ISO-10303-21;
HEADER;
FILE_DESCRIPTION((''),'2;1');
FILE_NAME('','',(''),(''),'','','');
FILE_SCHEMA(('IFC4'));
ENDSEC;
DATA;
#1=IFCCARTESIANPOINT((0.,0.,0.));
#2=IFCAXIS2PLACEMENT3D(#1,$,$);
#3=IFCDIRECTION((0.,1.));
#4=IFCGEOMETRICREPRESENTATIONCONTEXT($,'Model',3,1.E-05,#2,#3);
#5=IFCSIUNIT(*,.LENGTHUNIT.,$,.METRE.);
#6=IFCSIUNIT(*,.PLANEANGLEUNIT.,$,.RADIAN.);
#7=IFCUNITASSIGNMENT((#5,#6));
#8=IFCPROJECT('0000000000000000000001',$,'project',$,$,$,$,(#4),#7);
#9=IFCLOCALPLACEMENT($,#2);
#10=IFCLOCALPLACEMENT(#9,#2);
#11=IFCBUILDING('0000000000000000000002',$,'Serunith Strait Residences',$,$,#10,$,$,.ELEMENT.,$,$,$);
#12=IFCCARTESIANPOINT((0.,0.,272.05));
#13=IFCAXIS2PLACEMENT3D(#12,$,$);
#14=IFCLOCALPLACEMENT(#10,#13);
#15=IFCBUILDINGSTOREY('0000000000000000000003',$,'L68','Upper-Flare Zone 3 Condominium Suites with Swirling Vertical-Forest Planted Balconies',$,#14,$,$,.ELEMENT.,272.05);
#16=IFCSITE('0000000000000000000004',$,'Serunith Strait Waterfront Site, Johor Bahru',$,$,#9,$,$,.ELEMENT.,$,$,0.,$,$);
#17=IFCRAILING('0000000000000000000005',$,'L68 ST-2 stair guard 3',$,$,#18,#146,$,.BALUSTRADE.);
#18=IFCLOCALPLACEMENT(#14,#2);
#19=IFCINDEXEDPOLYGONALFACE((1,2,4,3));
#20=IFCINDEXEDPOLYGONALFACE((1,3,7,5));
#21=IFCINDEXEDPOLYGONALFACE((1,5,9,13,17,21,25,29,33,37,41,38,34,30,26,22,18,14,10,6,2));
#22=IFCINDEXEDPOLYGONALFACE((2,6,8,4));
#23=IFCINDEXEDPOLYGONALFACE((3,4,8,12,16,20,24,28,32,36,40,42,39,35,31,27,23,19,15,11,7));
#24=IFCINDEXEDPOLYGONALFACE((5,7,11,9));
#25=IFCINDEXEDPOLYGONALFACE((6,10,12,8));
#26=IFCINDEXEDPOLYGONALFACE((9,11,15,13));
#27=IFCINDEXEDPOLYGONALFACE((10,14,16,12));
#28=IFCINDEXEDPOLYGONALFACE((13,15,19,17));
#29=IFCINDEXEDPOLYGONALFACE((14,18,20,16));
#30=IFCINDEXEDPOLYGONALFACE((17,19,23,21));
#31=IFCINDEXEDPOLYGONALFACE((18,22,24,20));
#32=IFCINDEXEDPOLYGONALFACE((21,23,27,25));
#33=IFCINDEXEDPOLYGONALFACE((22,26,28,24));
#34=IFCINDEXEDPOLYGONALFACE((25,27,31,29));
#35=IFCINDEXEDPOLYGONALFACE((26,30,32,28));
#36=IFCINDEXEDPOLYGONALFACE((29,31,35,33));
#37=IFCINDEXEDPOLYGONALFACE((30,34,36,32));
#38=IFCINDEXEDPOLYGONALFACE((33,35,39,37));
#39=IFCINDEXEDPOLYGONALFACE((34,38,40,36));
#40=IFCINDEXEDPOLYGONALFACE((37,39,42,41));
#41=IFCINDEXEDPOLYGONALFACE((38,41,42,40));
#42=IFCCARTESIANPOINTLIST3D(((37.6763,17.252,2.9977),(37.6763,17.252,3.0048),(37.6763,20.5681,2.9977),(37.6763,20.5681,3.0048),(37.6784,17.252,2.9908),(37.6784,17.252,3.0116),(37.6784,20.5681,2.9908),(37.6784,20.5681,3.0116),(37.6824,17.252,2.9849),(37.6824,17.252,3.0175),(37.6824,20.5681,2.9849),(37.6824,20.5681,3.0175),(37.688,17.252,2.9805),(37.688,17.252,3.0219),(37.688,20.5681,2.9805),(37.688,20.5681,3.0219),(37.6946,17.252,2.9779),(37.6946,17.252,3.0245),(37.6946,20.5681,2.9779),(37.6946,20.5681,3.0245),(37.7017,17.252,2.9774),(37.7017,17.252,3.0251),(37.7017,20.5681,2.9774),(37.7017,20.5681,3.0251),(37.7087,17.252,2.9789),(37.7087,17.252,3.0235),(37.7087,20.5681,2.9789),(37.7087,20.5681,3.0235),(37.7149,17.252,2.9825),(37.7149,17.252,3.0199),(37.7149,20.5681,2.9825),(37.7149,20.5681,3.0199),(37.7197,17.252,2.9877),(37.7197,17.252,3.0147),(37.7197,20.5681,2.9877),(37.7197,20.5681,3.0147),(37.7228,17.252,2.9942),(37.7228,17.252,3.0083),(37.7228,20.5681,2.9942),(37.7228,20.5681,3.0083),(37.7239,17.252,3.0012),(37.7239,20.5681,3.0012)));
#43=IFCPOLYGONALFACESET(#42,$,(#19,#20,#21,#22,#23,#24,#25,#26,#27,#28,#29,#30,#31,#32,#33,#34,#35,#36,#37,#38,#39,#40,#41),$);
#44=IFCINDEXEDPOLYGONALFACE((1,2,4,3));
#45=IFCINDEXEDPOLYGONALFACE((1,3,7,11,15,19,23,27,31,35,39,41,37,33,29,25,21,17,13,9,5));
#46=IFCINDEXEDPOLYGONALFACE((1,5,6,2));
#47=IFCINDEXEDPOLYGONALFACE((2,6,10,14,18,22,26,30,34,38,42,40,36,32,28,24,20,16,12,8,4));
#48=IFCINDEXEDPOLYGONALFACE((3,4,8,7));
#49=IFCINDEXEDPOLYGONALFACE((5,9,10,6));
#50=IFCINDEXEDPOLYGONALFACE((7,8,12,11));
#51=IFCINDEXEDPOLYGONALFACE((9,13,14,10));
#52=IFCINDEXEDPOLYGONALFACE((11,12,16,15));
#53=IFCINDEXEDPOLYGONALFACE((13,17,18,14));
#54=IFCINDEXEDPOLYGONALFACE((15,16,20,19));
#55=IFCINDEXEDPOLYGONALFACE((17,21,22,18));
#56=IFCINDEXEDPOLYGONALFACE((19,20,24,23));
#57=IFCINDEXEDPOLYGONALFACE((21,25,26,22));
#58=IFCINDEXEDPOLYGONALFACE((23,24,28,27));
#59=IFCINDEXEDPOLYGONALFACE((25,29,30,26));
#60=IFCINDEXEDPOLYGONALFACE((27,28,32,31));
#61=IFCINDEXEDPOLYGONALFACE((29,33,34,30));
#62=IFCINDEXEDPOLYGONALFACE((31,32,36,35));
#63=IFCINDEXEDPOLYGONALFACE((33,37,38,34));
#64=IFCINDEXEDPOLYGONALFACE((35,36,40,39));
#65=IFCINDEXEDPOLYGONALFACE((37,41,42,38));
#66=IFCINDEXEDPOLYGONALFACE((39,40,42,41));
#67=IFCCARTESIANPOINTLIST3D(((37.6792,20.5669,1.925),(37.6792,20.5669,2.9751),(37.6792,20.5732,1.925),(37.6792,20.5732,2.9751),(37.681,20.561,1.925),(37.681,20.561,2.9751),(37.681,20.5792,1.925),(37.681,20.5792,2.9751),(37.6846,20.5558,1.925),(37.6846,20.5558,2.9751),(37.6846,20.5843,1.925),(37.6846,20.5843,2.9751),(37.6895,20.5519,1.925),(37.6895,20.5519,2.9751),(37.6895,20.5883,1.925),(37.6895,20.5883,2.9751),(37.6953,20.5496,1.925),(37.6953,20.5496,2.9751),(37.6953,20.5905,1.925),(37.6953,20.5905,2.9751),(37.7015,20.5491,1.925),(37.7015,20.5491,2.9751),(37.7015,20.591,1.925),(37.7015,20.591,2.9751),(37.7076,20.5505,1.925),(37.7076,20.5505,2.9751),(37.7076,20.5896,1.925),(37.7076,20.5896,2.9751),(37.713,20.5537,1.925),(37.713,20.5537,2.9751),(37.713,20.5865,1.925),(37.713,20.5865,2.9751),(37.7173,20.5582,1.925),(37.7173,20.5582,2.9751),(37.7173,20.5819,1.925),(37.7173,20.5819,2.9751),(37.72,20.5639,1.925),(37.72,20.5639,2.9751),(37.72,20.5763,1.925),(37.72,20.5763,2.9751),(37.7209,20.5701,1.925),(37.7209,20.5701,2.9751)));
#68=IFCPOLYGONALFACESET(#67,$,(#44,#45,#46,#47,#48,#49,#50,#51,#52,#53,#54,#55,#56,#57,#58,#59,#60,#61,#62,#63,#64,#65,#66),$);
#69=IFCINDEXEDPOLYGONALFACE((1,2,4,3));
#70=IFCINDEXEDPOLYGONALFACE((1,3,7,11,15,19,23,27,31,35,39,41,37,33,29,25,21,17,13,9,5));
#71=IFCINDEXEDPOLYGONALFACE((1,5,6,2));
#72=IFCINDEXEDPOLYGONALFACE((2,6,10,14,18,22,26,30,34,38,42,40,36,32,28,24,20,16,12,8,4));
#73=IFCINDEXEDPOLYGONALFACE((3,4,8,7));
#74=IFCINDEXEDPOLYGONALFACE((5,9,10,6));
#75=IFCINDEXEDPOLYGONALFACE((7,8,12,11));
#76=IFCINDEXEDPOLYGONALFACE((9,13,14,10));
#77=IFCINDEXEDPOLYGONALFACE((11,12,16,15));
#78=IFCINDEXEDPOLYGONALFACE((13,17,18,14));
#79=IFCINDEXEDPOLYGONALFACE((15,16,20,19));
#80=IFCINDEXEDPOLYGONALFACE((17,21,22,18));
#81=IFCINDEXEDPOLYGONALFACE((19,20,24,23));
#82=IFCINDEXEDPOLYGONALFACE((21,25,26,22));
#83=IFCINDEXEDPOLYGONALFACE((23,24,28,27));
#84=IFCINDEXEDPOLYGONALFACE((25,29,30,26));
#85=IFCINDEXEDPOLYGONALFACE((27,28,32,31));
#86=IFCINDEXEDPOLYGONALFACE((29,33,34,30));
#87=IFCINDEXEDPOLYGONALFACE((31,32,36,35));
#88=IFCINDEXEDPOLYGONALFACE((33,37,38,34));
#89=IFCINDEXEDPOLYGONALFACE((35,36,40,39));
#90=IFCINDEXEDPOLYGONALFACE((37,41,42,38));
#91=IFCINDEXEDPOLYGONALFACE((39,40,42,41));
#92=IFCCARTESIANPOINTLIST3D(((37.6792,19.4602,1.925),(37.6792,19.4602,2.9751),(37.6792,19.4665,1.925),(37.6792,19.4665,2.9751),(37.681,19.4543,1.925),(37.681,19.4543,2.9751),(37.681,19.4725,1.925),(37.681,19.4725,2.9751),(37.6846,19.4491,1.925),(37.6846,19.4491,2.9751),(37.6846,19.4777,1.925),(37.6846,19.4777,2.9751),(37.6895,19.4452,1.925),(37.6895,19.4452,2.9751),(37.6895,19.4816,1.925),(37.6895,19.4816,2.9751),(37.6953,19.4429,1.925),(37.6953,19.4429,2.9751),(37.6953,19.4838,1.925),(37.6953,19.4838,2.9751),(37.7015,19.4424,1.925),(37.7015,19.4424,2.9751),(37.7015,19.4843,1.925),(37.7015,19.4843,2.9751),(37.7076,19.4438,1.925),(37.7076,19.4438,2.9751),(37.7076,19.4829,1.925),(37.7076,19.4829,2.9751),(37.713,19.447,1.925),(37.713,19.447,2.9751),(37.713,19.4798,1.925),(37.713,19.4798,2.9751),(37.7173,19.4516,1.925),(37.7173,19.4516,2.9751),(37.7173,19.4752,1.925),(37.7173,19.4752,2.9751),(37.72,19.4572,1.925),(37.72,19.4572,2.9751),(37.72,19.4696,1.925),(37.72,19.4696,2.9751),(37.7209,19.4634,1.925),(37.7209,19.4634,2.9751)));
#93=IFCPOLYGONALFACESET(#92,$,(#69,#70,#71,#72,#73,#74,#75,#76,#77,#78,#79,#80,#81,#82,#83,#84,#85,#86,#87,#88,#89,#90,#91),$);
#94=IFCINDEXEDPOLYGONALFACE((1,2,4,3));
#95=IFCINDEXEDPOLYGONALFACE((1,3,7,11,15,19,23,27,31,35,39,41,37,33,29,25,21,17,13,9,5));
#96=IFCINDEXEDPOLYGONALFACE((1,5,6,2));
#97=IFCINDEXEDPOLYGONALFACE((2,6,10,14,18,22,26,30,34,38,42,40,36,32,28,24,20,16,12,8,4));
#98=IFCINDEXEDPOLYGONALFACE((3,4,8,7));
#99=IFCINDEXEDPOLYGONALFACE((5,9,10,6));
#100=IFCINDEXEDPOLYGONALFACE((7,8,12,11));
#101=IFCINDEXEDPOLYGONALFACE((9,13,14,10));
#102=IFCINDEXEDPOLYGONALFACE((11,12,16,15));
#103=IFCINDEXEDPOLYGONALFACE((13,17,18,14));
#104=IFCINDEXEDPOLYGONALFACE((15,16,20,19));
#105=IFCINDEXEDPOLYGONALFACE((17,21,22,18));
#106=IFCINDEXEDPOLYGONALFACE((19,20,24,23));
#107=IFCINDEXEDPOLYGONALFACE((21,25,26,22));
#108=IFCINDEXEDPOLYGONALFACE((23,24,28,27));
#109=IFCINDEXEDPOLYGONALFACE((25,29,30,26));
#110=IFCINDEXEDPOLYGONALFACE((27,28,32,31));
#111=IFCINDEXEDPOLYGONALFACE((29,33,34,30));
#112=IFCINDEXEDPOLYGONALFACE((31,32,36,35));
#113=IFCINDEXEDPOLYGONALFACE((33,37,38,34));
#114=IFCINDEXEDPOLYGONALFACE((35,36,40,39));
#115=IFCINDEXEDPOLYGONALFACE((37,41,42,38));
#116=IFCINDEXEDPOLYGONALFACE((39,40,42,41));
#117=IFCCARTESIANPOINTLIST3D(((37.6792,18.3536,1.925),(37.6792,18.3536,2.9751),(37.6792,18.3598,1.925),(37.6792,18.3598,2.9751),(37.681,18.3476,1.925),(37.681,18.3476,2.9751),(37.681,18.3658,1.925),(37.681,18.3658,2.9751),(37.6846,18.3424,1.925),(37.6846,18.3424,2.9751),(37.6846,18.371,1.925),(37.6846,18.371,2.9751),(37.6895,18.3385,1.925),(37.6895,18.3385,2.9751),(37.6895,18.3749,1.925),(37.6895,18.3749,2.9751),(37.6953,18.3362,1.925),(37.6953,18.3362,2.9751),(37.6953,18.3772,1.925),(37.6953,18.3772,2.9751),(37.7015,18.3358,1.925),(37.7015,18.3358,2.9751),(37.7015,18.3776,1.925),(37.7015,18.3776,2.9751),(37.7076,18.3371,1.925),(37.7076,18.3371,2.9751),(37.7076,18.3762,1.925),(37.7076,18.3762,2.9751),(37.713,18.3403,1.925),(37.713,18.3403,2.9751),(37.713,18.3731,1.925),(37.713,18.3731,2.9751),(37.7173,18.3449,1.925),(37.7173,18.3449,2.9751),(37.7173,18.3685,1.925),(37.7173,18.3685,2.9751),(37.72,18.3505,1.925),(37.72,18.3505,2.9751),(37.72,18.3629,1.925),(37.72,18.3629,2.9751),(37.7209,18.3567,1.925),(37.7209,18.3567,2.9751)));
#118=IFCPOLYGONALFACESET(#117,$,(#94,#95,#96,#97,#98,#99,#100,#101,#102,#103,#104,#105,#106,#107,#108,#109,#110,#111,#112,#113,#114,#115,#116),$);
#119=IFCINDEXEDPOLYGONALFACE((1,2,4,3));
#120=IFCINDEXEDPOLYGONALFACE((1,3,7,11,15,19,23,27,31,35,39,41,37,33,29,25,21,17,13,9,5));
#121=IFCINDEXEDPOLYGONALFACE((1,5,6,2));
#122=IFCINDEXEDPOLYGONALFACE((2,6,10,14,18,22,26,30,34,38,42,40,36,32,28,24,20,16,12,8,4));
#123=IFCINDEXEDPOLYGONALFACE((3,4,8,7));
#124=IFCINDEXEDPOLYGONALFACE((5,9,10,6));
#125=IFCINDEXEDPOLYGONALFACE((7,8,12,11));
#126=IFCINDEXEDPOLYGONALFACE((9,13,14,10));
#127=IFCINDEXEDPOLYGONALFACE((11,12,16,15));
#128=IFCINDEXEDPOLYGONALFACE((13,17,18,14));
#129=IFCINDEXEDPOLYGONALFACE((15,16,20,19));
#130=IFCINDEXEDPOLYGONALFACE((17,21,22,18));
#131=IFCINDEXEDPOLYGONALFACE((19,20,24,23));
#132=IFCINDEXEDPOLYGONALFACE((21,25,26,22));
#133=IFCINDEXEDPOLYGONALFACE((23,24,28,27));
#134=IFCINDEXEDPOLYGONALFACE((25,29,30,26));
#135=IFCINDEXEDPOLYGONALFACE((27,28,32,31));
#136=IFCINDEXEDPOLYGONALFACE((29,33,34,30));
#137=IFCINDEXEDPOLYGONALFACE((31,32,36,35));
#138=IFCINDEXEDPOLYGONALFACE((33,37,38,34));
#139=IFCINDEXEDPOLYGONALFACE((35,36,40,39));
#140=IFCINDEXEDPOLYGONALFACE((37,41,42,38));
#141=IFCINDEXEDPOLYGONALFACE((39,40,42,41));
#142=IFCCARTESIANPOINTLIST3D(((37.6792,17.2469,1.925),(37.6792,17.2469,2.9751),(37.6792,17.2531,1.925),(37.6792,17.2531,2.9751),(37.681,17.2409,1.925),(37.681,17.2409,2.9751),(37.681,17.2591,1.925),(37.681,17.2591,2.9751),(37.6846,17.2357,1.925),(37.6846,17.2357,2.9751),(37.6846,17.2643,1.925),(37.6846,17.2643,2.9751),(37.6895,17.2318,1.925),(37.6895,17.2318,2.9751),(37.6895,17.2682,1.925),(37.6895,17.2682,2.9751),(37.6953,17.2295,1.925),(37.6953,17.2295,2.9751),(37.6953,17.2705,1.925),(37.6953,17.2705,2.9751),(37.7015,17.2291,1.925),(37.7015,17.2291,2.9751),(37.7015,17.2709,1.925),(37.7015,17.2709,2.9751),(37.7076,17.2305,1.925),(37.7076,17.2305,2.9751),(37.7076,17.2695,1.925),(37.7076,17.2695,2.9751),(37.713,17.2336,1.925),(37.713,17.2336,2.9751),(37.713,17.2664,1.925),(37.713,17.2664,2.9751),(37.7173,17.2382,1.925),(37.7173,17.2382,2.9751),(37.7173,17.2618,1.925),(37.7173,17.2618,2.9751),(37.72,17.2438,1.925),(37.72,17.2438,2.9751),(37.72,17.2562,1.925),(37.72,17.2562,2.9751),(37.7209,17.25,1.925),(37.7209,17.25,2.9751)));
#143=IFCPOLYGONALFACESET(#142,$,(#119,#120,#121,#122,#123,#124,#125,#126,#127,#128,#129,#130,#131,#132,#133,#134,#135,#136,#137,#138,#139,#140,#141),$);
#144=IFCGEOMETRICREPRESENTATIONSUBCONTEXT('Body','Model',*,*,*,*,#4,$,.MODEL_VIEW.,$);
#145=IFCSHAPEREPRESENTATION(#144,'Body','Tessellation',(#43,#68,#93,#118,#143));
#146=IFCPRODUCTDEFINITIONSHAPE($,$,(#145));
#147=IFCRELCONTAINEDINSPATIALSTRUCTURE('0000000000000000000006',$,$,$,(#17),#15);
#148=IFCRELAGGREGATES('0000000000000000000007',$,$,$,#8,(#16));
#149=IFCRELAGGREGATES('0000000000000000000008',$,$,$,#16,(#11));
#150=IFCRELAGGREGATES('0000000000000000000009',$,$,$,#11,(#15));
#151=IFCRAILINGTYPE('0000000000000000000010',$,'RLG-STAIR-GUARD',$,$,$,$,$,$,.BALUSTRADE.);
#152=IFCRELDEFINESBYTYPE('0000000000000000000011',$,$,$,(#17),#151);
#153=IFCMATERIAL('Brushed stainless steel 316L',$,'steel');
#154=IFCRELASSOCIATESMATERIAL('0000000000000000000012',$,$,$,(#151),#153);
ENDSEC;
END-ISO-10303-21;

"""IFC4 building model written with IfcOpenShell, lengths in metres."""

from ifc_helpers import new_model, si_unit, direction, frame, origin, origin_2d, place, context, subcontext, project, spatial, circle, extrude, material, type_object, element, save


model = new_model("IFC4")

# Units and contexts
model_context = context("Model", 3, precision=1e-05, world=origin(), true_north=direction((0.0, 1.0)))
body_context = subcontext(model_context, "Body", "Model", "MODEL_VIEW")
ifc_project = project(units=[si_unit("LENGTHUNIT", "METRE"), si_unit("PLANEANGLEUNIT", "RADIAN")], contexts=[model_context])

# Site, building, storey
site_placement = place(None, origin())
site = spatial("IfcSite", under=ifc_project, at=site_placement, Name="Serunith Strait Waterfront Site, Johor Bahru", CompositionType="ELEMENT", RefElevation=0.0)
building_placement = place(site_placement, origin())
building = spatial("IfcBuilding", under=site, at=building_placement, Name="Serunith Strait Residences", CompositionType="ELEMENT")
storey_placement = place(building_placement, frame((0.0, 0.0, 272.05)))
storey = spatial("IfcBuildingStorey", under=building, at=storey_placement, Name="L68", Description="Upper-Flare Zone 3 Condominium Suites with Swirling Vertical-Forest Planted Balconies", CompositionType="ELEMENT", Elevation=272.05)

# Railing
ifc_material_1 = material(Name="Brushed stainless steel 316L", Category="steel")
railing_type_1 = type_object("IfcRailingType", Name="RLG-STAIR-GUARD", PredefinedType="BALUSTRADE", material=ifc_material_1)
for number, where, name in (
    (1, (37.7, 20.5701, 1.925), "L68 ST-2 stair guard 3"),
):
    element("IfcRailing", number, at=place(storey_placement, frame(where)), inside=storey, type_object=railing_type_1, Name=name, PredefinedType="BALUSTRADE", context=body_context, shape_type="SweptSolid", body=[
        extrude(circle(Radius=0.0239, at=origin_2d()), frame((0.0, -0.002, 1.0762), z_axis=(0.0, -1.0, 0.0), x_axis=(1.0, 0.0, 0.0)), (0.0, 0.0, 1.0), 3.3162),
        extrude(circle(Radius=0.021, at=origin_2d()), origin(), (0.0, 0.0, 1.0), 1.05),
        extrude(circle(Radius=0.021, at=origin_2d()), frame((0.0, -1.1067, 0.0)), (0.0, 0.0, 1.0), 1.05),
        extrude(circle(Radius=0.021, at=origin_2d()), frame((0.0, -2.2134, 0.0)), (0.0, 0.0, 1.0), 1.05),
        extrude(circle(Radius=0.021, at=origin_2d()), frame((0.0, -3.3201, 0.0)), (0.0, 0.0, 1.0), 1.05),
    ])

save(model, "model.ifc")
